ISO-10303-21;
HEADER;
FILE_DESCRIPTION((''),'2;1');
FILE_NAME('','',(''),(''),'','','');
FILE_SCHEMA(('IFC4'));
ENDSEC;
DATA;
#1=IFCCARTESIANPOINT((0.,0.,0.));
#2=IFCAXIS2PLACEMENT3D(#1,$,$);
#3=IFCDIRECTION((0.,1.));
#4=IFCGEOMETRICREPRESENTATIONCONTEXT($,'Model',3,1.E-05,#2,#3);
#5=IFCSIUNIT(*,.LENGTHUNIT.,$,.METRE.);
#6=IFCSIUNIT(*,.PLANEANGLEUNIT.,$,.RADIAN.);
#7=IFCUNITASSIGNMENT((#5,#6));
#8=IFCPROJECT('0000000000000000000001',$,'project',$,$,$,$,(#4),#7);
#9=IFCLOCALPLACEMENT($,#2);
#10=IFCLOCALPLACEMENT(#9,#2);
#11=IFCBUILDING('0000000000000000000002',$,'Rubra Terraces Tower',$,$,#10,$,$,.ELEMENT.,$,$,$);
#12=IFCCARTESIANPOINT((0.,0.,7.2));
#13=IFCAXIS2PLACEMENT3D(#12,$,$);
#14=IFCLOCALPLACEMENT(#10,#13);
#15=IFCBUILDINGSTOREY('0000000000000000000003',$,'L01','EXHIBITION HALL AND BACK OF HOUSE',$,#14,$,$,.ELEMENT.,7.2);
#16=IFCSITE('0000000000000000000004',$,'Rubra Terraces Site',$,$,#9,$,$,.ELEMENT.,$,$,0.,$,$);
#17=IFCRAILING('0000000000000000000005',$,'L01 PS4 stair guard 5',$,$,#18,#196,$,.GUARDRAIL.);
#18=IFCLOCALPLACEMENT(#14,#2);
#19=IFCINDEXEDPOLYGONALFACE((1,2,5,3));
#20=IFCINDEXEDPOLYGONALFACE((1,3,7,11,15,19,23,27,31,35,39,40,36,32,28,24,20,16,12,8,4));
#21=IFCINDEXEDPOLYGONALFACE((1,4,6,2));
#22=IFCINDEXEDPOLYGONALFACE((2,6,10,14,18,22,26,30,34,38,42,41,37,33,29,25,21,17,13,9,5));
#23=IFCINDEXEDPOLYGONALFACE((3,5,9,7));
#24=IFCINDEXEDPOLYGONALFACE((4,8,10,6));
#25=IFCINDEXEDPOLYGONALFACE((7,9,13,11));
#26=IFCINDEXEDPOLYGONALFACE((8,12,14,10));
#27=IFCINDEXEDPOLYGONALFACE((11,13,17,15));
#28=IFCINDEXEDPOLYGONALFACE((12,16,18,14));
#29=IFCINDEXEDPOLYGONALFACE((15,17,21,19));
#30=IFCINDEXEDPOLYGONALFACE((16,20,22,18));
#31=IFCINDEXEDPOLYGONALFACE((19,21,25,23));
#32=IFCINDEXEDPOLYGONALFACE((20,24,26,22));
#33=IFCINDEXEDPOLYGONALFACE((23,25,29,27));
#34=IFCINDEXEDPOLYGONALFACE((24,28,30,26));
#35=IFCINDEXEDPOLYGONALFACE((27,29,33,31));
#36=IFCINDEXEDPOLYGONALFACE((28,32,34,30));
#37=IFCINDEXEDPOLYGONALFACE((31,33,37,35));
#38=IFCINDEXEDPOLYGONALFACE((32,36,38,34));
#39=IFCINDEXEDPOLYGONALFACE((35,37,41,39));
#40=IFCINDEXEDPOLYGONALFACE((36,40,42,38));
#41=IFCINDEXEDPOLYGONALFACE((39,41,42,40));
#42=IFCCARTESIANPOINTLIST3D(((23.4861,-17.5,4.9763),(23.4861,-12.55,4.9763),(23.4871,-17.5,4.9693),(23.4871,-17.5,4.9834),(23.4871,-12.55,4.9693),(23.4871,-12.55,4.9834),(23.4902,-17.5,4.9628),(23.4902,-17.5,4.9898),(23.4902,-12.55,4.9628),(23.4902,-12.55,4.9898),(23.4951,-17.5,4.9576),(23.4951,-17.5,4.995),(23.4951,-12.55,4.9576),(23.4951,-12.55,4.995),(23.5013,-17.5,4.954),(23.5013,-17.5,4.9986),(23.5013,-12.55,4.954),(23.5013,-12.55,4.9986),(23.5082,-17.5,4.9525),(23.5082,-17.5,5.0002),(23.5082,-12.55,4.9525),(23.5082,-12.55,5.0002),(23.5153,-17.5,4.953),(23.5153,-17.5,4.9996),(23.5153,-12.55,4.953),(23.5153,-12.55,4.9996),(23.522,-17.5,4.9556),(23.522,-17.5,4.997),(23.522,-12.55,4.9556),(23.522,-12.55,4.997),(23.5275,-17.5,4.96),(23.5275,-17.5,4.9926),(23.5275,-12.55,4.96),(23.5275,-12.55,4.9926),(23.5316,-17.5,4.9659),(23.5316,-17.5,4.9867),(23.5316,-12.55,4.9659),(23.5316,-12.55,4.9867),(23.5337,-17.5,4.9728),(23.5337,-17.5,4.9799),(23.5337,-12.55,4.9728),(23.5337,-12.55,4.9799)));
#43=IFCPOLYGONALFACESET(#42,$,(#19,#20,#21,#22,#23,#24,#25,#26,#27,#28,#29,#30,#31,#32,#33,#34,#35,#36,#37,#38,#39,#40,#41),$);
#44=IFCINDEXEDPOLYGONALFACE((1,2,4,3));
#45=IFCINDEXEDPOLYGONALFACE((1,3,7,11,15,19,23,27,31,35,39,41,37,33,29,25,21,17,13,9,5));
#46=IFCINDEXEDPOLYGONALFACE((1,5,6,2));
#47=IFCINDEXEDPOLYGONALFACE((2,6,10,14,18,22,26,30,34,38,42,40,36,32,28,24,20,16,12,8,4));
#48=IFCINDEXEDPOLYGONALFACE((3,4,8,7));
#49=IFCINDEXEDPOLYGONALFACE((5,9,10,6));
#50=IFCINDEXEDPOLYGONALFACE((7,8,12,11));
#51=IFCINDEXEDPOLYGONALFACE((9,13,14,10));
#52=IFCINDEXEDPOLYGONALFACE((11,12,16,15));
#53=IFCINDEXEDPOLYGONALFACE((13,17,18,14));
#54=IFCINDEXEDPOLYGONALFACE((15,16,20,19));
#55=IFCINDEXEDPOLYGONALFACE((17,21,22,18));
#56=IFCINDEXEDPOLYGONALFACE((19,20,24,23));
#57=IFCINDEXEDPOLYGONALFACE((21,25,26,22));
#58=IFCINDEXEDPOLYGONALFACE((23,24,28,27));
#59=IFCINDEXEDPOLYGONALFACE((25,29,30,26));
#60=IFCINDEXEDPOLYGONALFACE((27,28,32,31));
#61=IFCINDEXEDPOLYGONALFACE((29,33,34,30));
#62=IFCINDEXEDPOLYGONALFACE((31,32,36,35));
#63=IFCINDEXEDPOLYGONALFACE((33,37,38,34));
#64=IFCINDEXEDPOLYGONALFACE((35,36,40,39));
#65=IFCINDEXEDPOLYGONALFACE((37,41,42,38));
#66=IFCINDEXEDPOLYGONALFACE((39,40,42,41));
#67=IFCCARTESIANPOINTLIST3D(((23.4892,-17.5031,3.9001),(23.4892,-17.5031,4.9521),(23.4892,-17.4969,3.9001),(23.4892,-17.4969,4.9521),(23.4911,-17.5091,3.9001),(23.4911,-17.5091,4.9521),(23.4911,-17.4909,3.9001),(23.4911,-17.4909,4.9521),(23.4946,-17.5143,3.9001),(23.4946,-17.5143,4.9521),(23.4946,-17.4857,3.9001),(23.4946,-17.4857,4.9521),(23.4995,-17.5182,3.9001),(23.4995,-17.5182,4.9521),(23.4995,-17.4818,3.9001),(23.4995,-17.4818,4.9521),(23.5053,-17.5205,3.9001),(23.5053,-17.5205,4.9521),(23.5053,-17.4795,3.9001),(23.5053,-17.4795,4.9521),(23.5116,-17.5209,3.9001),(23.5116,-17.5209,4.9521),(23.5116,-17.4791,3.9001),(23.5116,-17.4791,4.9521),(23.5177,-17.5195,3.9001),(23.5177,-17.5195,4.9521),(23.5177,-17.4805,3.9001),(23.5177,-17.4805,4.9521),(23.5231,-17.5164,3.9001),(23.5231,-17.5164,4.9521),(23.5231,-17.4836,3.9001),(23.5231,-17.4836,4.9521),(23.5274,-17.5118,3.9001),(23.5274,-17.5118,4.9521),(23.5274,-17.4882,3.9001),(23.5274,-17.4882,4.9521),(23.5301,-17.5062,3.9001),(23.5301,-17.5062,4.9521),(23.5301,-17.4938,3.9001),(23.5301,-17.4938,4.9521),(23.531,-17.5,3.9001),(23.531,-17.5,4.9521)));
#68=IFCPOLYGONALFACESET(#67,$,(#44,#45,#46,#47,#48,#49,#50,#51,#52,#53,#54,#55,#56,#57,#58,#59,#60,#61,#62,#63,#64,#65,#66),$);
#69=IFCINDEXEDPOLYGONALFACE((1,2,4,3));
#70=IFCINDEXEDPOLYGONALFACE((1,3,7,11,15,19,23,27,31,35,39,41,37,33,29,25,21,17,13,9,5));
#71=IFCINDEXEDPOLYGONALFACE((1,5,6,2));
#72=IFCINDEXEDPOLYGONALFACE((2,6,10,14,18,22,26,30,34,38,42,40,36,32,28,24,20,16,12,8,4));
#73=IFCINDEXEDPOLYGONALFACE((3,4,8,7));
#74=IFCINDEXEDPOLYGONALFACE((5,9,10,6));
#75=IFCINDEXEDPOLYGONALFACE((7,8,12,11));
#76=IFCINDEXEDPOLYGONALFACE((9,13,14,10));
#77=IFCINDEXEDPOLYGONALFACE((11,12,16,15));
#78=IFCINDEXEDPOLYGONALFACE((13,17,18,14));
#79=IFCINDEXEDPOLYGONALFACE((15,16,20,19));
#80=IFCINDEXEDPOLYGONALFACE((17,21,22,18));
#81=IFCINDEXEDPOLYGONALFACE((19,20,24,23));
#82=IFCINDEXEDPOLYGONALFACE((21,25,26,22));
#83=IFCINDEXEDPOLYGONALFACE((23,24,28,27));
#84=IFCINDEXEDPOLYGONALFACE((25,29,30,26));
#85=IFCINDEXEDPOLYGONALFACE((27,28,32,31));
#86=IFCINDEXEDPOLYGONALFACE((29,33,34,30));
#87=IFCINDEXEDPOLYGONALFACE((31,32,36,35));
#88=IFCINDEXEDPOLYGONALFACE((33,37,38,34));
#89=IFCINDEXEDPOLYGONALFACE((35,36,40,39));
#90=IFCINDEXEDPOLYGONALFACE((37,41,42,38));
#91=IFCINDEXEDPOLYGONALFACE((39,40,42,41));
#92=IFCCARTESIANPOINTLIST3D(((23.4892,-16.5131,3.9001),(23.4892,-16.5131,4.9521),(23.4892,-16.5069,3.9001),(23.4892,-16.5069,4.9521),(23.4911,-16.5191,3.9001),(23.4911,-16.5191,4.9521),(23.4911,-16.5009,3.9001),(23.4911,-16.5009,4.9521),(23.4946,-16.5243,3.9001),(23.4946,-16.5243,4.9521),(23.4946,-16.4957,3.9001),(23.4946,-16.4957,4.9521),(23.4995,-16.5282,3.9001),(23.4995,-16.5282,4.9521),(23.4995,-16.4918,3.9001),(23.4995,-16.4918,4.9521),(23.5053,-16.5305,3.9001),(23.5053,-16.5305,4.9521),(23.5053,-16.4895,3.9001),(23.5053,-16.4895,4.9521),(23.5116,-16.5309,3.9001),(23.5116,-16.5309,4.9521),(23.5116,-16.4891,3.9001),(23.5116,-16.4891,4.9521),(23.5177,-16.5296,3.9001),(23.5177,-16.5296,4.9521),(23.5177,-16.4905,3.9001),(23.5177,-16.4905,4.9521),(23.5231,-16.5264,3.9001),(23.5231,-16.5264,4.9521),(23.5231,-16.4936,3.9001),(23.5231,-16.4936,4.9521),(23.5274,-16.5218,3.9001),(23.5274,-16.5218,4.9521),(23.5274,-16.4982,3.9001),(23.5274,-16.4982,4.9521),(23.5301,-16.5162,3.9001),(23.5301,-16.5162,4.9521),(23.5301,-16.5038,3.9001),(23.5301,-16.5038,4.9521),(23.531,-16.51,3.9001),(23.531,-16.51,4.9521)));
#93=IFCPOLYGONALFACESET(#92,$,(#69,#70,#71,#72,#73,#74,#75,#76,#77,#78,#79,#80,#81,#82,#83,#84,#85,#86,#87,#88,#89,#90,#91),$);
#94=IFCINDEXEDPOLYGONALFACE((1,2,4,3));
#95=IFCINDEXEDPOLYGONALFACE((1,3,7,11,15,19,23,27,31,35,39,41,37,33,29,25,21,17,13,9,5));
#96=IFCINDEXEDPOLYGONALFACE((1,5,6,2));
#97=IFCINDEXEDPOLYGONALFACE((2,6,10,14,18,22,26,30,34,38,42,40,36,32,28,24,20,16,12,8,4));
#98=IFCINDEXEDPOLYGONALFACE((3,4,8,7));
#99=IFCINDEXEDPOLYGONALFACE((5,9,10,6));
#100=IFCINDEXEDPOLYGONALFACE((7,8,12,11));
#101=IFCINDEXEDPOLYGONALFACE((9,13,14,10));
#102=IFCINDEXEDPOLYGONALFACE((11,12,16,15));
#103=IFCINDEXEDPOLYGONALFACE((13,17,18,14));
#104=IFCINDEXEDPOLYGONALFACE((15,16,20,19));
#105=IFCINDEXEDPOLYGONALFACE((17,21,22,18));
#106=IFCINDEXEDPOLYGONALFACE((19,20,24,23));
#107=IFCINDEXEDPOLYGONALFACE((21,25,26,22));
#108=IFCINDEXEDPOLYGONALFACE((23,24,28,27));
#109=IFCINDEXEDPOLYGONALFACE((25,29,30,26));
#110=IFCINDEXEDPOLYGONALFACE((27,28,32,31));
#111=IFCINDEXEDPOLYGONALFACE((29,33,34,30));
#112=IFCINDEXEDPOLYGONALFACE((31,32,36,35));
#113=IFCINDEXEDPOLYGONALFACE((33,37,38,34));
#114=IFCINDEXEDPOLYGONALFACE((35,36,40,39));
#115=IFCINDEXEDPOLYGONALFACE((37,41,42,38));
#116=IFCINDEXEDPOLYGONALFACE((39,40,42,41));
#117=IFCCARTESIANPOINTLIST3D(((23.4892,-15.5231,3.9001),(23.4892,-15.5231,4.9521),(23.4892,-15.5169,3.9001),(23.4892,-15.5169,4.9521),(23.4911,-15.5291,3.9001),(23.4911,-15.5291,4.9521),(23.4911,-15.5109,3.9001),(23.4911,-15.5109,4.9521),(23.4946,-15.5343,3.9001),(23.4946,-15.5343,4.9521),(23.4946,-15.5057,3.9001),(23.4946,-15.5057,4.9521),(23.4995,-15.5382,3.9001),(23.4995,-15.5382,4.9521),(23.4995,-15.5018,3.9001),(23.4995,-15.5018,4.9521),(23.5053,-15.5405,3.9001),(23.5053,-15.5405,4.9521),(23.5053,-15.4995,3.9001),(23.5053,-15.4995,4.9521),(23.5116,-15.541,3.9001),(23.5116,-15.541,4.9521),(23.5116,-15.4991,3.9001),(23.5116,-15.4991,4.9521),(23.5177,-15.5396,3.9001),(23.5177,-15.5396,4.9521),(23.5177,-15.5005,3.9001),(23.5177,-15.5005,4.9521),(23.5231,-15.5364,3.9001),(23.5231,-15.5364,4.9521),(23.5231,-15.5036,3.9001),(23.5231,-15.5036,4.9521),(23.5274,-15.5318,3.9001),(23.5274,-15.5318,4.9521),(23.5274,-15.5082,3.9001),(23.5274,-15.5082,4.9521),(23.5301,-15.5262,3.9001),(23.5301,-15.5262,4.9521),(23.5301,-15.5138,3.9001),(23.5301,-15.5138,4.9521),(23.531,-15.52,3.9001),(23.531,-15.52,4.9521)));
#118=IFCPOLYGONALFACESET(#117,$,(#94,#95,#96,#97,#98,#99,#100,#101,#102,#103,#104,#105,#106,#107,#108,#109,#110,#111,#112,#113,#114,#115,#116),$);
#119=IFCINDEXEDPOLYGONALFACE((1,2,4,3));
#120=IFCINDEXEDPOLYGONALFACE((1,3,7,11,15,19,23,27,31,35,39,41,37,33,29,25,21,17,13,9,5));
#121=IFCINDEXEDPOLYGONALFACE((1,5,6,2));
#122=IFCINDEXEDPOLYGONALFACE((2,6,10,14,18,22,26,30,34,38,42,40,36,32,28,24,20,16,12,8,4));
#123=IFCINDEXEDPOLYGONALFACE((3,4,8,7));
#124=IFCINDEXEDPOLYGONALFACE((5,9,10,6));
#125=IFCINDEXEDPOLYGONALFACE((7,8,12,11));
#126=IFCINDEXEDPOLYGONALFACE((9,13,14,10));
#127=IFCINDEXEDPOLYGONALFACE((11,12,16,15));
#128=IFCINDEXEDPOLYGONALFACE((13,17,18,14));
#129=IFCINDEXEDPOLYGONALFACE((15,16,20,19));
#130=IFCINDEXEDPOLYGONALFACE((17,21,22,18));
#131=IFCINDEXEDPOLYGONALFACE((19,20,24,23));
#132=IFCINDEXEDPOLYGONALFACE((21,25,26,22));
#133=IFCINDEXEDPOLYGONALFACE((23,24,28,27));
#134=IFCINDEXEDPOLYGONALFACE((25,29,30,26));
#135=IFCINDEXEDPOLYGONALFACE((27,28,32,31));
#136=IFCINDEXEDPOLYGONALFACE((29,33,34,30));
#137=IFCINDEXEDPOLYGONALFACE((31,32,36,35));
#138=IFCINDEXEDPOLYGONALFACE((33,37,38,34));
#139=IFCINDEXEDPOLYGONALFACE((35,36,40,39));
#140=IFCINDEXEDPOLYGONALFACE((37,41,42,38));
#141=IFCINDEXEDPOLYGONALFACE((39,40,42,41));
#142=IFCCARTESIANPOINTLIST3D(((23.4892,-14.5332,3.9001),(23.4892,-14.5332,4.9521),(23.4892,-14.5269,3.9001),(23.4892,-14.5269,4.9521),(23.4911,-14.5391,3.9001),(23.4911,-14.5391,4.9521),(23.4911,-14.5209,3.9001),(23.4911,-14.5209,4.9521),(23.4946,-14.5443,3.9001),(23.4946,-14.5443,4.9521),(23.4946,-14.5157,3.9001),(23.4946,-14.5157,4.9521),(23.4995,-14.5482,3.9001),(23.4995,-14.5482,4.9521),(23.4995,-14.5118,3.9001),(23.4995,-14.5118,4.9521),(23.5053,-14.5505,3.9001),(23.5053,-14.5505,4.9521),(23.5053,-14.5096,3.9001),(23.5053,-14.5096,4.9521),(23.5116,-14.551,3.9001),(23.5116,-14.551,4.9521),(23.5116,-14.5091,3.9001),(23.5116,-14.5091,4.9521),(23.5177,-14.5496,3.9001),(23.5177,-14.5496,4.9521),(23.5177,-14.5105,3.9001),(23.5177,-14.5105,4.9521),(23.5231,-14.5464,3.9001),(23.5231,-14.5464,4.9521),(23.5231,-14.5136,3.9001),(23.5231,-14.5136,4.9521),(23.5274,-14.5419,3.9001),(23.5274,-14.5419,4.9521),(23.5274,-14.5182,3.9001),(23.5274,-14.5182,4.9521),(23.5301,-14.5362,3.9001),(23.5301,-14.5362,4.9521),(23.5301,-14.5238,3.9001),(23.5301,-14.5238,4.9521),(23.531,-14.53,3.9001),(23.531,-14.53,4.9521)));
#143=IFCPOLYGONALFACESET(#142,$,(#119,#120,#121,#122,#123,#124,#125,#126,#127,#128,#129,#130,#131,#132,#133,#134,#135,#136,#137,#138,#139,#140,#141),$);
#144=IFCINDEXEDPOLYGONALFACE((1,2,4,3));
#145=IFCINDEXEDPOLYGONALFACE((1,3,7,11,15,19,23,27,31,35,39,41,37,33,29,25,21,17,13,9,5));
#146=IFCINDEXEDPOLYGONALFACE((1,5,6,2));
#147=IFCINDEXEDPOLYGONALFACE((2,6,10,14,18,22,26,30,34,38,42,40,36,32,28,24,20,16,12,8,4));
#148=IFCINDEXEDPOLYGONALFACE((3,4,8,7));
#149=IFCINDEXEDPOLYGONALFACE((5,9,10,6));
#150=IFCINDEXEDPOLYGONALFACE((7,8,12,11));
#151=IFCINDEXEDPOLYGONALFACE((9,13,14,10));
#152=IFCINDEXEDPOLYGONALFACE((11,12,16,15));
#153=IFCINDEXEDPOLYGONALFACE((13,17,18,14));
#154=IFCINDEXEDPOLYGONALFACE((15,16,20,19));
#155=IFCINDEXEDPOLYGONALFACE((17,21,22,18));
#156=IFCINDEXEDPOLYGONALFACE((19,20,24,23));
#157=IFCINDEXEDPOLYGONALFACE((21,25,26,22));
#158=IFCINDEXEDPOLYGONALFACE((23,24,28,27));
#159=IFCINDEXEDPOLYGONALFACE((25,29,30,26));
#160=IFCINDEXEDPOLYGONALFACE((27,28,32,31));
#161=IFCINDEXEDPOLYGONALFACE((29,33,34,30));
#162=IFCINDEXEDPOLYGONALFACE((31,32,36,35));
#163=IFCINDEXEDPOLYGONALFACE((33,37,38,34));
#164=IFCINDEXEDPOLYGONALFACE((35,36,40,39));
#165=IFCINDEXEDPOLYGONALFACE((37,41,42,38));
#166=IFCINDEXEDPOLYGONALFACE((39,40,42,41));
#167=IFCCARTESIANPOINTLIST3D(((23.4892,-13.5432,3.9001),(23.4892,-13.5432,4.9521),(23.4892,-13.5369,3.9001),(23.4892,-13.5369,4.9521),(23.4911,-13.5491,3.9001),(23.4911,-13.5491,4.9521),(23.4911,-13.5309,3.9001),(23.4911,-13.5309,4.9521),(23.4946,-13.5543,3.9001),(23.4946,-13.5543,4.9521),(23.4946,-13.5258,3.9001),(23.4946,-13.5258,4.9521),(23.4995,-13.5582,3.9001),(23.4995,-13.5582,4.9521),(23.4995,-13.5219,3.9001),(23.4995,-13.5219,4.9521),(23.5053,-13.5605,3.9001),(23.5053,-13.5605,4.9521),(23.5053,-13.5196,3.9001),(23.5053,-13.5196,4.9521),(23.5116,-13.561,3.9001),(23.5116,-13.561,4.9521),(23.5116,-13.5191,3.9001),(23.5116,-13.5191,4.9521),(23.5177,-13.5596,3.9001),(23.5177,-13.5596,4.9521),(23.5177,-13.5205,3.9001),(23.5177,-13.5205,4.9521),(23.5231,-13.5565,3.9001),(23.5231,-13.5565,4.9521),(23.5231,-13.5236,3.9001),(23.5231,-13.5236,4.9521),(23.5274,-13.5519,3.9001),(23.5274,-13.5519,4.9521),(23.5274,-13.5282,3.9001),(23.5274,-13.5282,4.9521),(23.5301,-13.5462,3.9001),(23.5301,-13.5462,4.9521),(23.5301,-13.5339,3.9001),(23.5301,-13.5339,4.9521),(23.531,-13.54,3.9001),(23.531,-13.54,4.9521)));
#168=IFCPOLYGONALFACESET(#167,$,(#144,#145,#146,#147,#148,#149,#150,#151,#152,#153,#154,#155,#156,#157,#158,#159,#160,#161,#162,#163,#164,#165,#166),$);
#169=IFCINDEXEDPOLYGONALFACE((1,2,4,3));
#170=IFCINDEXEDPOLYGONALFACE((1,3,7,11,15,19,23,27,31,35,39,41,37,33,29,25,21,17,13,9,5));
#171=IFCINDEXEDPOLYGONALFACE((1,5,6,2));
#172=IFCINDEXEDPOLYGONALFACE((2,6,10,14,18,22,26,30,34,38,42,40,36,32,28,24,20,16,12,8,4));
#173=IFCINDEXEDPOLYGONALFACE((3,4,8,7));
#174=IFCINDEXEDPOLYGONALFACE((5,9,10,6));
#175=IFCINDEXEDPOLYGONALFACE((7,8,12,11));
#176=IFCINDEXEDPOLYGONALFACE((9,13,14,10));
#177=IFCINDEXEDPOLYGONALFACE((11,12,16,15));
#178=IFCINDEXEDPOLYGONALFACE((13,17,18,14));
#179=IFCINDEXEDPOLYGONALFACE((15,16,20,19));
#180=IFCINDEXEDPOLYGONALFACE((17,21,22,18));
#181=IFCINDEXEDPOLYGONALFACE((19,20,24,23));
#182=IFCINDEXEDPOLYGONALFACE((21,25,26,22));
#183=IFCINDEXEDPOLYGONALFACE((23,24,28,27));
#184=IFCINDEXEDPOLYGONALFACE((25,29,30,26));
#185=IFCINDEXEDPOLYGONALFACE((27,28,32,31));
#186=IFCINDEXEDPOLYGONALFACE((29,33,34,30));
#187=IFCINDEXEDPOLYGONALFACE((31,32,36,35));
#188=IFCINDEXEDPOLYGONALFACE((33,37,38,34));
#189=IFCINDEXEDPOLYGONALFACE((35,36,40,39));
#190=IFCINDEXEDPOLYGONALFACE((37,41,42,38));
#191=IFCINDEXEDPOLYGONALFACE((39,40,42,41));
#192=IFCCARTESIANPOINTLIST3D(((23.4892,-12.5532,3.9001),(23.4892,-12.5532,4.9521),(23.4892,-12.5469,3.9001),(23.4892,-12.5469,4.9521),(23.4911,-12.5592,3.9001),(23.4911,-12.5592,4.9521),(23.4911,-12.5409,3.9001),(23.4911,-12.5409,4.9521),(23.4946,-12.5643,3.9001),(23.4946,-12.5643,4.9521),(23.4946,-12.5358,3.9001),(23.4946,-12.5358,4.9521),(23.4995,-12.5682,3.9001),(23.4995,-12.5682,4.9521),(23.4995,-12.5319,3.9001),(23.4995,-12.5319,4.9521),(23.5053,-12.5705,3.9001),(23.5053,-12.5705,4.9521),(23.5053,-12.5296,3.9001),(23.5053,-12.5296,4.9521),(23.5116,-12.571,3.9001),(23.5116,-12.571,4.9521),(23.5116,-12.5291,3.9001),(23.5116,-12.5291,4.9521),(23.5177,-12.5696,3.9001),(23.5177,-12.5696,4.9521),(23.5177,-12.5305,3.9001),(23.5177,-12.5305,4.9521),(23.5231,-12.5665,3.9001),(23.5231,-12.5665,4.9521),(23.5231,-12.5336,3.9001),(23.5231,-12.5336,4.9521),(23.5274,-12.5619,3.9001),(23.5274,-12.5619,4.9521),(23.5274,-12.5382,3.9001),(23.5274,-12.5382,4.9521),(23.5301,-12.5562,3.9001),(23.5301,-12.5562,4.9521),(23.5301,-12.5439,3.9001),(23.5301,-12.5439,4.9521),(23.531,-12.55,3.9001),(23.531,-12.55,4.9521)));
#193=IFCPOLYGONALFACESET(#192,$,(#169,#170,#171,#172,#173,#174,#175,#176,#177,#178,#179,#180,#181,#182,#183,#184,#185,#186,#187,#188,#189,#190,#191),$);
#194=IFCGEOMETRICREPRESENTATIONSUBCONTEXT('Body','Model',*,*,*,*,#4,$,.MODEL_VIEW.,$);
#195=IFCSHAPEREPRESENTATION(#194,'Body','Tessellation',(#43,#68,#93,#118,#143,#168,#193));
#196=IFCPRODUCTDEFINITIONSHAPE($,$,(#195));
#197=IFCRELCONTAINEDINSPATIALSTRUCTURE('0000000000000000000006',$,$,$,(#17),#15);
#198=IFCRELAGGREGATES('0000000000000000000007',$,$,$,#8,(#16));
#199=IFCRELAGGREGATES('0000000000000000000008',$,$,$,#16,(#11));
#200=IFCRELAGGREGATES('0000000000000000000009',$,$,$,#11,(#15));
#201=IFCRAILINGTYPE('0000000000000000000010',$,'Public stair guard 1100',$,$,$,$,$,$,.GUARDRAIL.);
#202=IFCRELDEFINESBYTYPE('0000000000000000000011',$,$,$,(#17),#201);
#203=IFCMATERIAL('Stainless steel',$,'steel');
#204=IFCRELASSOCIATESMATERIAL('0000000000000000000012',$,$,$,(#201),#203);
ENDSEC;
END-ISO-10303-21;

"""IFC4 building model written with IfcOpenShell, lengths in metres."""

from ifc_helpers import new_model, si_unit, direction, frame, origin, origin_2d, place, context, subcontext, project, spatial, circle, extrude, material, type_object, element, save


model = new_model("IFC4")

# Units and contexts
model_context = context("Model", 3, precision=1e-05, world=origin(), true_north=direction((0.0, 1.0)))
body_context = subcontext(model_context, "Body", "Model", "MODEL_VIEW")
ifc_project = project(units=[si_unit("LENGTHUNIT", "METRE"), si_unit("PLANEANGLEUNIT", "RADIAN")], contexts=[model_context])

# Site, building, storey
site_placement = place(None, origin())
site = spatial("IfcSite", under=ifc_project, at=site_placement, Name="Rubra Terraces Site", CompositionType="ELEMENT", RefElevation=0.0)
building_placement = place(site_placement, origin())
building = spatial("IfcBuilding", under=site, at=building_placement, Name="Rubra Terraces Tower", CompositionType="ELEMENT")
storey_placement = place(building_placement, frame((0.0, 0.0, 7.2)))
storey = spatial("IfcBuildingStorey", under=building, at=storey_placement, Name="L01", Description="EXHIBITION HALL AND BACK OF HOUSE", CompositionType="ELEMENT", Elevation=7.2)

# Railing
ifc_material_1 = material(Name="Stainless steel", Category="steel")
railing_type = type_object("IfcRailingType", Name="Public stair guard 1100", PredefinedType="GUARDRAIL", material=ifc_material_1)
railing_1_placement = place(storey_placement, frame((23.51, -17.5, 3.9001)))
element("IfcRailing", 1, at=railing_1_placement, inside=storey, type_object=railing_type, Name="L01 PS4 stair guard 5", PredefinedType="GUARDRAIL", context=body_context, shape_type="SweptSolid", body=[
    extrude(circle(Radius=0.0239, at=origin_2d()), frame((0.0, 0.0, 1.0762), z_axis=(0.0, 1.0, 0.0), x_axis=(-1.0, 0.0, 0.0)), (0.0, 0.0, 1.0), 4.95),
    extrude(circle(Radius=0.021, at=origin_2d()), origin(), (0.0, 0.0, 1.0), 1.052),
    extrude(circle(Radius=0.021, at=origin_2d()), frame((0.0, 0.99, 0.0)), (0.0, 0.0, 1.0), 1.052),
    extrude(circle(Radius=0.021, at=origin_2d()), frame((0.0, 1.98, 0.0)), (0.0, 0.0, 1.0), 1.052),
    extrude(circle(Radius=0.021, at=origin_2d()), frame((0.0, 2.97, 0.0)), (0.0, 0.0, 1.0), 1.052),
    extrude(circle(Radius=0.021, at=origin_2d()), frame((0.0, 3.96, 0.0)), (0.0, 0.0, 1.0), 1.052),
    extrude(circle(Radius=0.021, at=origin_2d()), frame((0.0, 4.95, 0.0)), (0.0, 0.0, 1.0), 1.052),
])

save(model, "model.ifc")
